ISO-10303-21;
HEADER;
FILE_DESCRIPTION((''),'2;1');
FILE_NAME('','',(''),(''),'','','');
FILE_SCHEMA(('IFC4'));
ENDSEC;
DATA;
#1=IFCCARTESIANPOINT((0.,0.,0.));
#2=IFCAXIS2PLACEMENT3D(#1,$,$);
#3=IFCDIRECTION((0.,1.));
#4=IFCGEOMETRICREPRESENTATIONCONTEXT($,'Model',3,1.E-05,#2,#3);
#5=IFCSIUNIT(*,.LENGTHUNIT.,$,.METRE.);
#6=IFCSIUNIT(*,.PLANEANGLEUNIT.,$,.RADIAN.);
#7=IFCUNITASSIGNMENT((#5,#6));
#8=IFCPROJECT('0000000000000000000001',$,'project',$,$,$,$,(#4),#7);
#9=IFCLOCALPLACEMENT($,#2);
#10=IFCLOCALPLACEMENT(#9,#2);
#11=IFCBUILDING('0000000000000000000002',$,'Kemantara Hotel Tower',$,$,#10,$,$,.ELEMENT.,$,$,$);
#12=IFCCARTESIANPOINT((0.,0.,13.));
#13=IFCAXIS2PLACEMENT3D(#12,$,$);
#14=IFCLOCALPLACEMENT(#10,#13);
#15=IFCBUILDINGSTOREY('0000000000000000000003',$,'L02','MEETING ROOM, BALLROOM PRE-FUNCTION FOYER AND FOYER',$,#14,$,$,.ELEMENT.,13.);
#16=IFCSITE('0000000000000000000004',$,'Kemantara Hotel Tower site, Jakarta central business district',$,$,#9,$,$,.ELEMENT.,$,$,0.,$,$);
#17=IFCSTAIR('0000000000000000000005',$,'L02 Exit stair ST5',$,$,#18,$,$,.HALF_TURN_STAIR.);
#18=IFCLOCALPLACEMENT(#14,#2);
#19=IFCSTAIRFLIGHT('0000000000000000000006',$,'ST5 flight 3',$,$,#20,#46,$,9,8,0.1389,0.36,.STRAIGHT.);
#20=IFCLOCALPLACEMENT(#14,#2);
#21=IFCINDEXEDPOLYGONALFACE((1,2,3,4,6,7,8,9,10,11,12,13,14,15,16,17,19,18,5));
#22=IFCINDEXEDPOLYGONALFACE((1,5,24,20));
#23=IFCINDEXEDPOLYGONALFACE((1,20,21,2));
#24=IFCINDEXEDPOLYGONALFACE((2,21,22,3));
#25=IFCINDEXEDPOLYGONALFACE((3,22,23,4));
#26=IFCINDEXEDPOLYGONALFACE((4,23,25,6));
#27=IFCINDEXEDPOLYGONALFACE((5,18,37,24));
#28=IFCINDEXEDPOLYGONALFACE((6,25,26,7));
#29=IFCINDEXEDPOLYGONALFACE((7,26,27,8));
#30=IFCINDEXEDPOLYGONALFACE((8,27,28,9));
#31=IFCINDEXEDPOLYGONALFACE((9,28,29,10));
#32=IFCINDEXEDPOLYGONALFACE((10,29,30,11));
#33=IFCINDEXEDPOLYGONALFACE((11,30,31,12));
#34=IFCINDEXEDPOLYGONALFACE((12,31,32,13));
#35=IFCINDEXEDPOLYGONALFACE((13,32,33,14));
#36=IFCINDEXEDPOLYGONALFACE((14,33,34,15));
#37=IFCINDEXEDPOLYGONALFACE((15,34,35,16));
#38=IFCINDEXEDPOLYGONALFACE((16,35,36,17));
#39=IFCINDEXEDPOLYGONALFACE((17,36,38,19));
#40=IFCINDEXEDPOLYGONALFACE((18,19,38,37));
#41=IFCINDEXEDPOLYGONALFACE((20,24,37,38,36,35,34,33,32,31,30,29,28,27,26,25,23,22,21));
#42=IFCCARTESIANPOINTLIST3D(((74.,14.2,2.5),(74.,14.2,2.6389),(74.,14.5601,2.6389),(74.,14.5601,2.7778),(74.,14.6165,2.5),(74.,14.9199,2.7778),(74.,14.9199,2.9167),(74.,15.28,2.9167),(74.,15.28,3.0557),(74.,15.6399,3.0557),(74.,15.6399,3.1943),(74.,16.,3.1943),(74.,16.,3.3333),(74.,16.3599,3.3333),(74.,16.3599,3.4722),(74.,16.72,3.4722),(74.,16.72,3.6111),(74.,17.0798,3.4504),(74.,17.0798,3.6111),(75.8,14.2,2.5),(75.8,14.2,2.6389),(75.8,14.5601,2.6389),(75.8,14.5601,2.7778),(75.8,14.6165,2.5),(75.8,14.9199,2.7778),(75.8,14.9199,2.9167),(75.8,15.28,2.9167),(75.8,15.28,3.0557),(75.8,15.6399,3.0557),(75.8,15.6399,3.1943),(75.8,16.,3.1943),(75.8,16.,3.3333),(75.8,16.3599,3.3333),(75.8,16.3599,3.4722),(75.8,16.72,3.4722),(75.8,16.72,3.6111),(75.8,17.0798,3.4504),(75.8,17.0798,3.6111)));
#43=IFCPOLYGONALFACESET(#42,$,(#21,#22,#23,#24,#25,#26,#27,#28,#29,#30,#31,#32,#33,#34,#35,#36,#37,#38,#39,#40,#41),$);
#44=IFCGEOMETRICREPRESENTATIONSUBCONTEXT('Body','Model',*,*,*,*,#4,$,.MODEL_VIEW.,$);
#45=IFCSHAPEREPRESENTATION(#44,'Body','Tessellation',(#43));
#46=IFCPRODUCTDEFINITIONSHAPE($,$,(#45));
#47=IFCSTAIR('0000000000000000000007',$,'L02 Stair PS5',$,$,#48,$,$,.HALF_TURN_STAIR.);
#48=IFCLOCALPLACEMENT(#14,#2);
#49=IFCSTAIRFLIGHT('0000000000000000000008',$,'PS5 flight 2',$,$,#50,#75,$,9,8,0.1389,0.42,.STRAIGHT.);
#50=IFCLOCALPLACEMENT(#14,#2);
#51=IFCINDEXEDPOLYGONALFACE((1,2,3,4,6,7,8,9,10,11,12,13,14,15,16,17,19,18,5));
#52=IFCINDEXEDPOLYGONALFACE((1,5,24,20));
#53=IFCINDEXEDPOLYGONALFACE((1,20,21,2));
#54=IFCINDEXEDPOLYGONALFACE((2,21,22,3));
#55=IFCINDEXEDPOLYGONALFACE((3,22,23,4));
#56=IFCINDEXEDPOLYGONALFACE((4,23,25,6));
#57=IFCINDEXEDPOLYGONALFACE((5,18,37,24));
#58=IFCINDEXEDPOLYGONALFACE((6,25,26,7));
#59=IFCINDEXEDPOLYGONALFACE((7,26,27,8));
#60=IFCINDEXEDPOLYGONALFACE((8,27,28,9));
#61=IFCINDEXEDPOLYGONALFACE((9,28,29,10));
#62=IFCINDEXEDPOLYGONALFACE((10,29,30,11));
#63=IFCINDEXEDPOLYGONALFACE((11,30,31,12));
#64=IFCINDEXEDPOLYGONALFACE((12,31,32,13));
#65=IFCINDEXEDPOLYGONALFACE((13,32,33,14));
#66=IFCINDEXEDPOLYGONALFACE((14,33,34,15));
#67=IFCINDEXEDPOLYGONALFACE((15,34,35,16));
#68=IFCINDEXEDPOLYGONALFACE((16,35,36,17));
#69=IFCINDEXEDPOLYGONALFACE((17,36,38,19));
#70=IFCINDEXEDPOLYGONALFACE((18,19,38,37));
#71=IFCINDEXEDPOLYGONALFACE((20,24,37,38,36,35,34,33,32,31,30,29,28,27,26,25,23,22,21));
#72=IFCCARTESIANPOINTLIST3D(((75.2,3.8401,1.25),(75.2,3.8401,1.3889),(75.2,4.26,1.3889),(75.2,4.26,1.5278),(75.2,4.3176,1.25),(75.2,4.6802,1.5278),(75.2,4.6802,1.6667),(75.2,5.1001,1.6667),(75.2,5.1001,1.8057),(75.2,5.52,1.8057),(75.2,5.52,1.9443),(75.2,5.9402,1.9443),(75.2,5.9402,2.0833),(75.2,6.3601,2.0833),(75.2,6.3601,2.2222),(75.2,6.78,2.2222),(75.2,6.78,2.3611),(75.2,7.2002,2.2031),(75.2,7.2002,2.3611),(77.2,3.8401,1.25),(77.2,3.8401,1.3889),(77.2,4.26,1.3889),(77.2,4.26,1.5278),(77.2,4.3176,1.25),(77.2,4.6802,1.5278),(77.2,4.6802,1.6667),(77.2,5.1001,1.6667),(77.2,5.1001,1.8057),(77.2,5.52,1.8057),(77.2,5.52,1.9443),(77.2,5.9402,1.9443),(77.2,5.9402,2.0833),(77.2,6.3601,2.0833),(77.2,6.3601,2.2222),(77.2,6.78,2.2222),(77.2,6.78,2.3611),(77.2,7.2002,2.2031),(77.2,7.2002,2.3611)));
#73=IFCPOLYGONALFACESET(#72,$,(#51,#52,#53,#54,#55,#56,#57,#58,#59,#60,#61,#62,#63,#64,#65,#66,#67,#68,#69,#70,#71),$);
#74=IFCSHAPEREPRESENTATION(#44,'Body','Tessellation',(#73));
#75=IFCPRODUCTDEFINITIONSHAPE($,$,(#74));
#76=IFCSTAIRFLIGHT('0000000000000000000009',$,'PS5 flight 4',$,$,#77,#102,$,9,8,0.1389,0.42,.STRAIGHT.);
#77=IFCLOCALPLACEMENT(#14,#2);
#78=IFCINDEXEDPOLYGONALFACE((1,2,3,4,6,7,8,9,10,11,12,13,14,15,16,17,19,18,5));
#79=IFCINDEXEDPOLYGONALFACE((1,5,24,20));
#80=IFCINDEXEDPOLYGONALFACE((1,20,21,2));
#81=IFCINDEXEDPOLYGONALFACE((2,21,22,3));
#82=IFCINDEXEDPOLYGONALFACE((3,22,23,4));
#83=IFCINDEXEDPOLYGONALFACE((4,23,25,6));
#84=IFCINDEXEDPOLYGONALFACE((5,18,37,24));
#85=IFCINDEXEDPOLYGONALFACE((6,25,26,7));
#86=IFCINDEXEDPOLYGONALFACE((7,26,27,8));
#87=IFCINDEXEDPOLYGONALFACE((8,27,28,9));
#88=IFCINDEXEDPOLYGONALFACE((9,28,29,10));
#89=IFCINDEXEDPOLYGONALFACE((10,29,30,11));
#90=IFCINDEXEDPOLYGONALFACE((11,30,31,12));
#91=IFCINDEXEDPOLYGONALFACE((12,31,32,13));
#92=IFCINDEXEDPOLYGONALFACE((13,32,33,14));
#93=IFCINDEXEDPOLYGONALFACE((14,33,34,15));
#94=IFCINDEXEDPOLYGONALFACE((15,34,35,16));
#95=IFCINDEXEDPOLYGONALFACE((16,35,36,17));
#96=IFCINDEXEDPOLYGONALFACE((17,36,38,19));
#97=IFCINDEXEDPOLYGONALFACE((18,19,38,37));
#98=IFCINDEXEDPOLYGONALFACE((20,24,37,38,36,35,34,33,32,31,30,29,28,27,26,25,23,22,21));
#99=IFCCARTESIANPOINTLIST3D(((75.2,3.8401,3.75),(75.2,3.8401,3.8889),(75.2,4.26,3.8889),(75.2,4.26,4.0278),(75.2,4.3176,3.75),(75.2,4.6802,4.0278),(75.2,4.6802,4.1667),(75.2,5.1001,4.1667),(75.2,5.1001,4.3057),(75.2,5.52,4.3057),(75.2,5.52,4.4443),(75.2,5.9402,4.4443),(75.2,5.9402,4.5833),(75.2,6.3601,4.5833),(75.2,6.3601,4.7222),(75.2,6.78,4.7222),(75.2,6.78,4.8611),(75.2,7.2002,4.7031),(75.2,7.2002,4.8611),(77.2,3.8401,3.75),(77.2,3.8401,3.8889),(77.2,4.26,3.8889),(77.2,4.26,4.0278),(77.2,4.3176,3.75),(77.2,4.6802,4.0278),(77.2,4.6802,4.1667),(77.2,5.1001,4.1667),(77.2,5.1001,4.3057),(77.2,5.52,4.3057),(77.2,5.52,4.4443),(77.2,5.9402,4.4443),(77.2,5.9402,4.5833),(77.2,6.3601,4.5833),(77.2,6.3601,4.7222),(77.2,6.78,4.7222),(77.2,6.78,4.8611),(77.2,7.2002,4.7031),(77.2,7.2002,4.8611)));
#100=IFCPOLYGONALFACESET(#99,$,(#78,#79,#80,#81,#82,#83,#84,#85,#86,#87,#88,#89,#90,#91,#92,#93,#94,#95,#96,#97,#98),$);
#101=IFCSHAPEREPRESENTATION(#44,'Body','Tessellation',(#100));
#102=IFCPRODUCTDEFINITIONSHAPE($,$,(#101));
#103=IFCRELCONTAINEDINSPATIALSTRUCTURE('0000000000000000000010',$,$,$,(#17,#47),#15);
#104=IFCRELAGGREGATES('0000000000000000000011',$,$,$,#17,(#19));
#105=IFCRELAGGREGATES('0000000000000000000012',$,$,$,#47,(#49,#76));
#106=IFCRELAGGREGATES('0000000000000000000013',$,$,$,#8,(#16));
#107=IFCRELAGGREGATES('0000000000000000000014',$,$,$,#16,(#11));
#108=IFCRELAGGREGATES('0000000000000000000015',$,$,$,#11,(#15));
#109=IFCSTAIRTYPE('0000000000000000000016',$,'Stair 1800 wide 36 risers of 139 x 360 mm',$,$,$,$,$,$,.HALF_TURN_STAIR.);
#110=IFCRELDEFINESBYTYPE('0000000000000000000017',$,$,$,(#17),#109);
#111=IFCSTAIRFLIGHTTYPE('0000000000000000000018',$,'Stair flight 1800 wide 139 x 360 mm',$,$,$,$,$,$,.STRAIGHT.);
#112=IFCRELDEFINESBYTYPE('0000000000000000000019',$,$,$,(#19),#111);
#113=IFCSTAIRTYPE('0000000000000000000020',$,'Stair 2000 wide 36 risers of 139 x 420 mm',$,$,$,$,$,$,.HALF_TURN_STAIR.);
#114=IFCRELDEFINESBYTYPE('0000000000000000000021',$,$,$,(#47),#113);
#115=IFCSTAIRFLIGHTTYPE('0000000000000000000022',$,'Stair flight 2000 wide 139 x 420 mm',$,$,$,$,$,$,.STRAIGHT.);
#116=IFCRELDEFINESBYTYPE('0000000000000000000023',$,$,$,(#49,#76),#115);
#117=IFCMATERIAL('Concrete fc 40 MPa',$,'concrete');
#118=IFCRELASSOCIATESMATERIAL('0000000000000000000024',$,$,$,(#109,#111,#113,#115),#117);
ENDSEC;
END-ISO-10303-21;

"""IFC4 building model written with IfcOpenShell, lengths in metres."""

from ifc_helpers import new_model, si_unit, direction, frame, origin, place, context, subcontext, project, spatial, polyline, outline, extrude, material, type_object, element, aggregate, save


model = new_model("IFC4")

# Units and contexts
model_context = context("Model", 3, precision=1e-05, world=origin(), true_north=direction((0.0, 1.0)))
body_context = subcontext(model_context, "Body", "Model", "MODEL_VIEW")
ifc_project = project(units=[si_unit("LENGTHUNIT", "METRE"), si_unit("PLANEANGLEUNIT", "RADIAN")], contexts=[model_context])

# Site, building, storey
site_placement = place(None, origin())
site = spatial("IfcSite", under=ifc_project, at=site_placement, Name="Kemantara Hotel Tower site, Jakarta central business district", CompositionType="ELEMENT", RefElevation=0.0)
building_placement = place(site_placement, origin())
building = spatial("IfcBuilding", under=site, at=building_placement, Name="Kemantara Hotel Tower", CompositionType="ELEMENT")
storey_placement = place(building_placement, frame((0.0, 0.0, 13.0)))
storey = spatial("IfcBuildingStorey", under=building, at=storey_placement, Name="L02", Description="MEETING ROOM, BALLROOM PRE-FUNCTION FOYER AND FOYER", CompositionType="ELEMENT", Elevation=13.0)

# Shared definitions
ifc_material_1 = material(Name="Concrete fc 40 MPa", Category="concrete")

# Stairs, stair flights
stair_type_1 = type_object("IfcStairType", Name="Stair 1800 wide 36 risers of 139 x 360 mm", PredefinedType="HALF_TURN_STAIR", material=ifc_material_1)
stair_1_placement = place(storey_placement, origin())
stair_1 = element("IfcStair", 1, at=stair_1_placement, inside=storey, type_object=stair_type_1, Name="L02 Exit stair ST5", PredefinedType="HALF_TURN_STAIR")
stair_flight_type_1 = type_object("IfcStairFlightType", Name="Stair flight 1800 wide 139 x 360 mm", PredefinedType="STRAIGHT", material=ifc_material_1)
stair_flight_1_placement = place(storey_placement, frame((74.8999, 14.2, 2.5), z_axis=(0.0, 0.0, 1.0), x_axis=(0.0, 1.0, 0.0)))
stair_flight_1 = element("IfcStairFlight", 2, at=stair_flight_1_placement, type_object=stair_flight_type_1, Name="ST5 flight 3", NumberOfRisers=9, NumberOfTreads=8, PredefinedType="STRAIGHT", RiserHeight=0.1389, TreadLength=0.36, context=body_context, shape_type="SweptSolid", body=[
    extrude(outline(polyline([(0.0, 0.0), (0.0, 0.1389), (0.3601, 0.1389), (0.3601, 0.2778), (0.72, 0.2778), (0.72, 0.4167), (1.0801, 0.4167), (1.0801, 0.5557), (1.4399, 0.5557), (1.4399, 0.6943), (1.8, 0.6943), (1.8, 0.8333), (2.1599, 0.8333), (2.1599, 0.9722), (2.52, 0.9722), (2.52, 1.1111), (2.8799, 1.1111), (2.8799, 1.25), (2.8799, 0.9504), (0.4165, 0.0), (0.0, 0.0)])), frame((0.0, 0.8999, 0.0), z_axis=(0.0, -1.0, 0.0), x_axis=(1.0, 0.0, 0.0)), (0.0, 0.0, 1.0), 1.8),
])
aggregate(stair_1, [stair_flight_1])
stair_type_2 = type_object("IfcStairType", Name="Stair 2000 wide 36 risers of 139 x 420 mm", PredefinedType="HALF_TURN_STAIR", material=ifc_material_1)
stair_2_placement = place(storey_placement, origin())
stair_2 = element("IfcStair", 3, at=stair_2_placement, inside=storey, type_object=stair_type_2, Name="L02 Stair PS5", PredefinedType="HALF_TURN_STAIR")
stair_flight_type_2 = type_object("IfcStairFlightType", Name="Stair flight 2000 wide 139 x 420 mm", PredefinedType="STRAIGHT", material=ifc_material_1)
stair_flight_2_placement = place(storey_placement, frame((76.2, 3.8401, 1.25), z_axis=(0.0, 0.0, 1.0), x_axis=(0.0, 1.0, 0.0)))
stair_flight_2 = element("IfcStairFlight", 4, at=stair_flight_2_placement, type_object=stair_flight_type_2, Name="PS5 flight 2", NumberOfRisers=9, NumberOfTreads=8, PredefinedType="STRAIGHT", RiserHeight=0.1389, TreadLength=0.42, context=body_context, shape_type="SweptSolid", body=[
    extrude(outline(polyline([(0.0, 0.0), (0.0, 0.1389), (0.4199, 0.1389), (0.4199, 0.2778), (0.8401, 0.2778), (0.8401, 0.4167), (1.26, 0.4167), (1.26, 0.5557), (1.6799, 0.5557), (1.6799, 0.6943), (2.1001, 0.6943), (2.1001, 0.8333), (2.52, 0.8333), (2.52, 0.9722), (2.9399, 0.9722), (2.9399, 1.1111), (3.3601, 1.1111), (3.3601, 1.25), (3.3601, 0.9531), (0.4775, 0.0), (0.0, 0.0)])), frame((0.0, 1.0, 0.0), z_axis=(0.0, -1.0, 0.0), x_axis=(1.0, 0.0, 0.0)), (0.0, 0.0, 1.0), 2.0),
])
stair_flight_3_placement = place(storey_placement, frame((76.2, 3.8401, 3.75), z_axis=(0.0, 0.0, 1.0), x_axis=(0.0, 1.0, 0.0)))
stair_flight_3 = element("IfcStairFlight", 5, at=stair_flight_3_placement, type_object=stair_flight_type_2, Name="PS5 flight 4", NumberOfRisers=9, NumberOfTreads=8, PredefinedType="STRAIGHT", RiserHeight=0.1389, TreadLength=0.42, context=body_context, shape_type="SweptSolid", body=[
    extrude(outline(polyline([(0.0, 0.0), (0.0, 0.1389), (0.4199, 0.1389), (0.4199, 0.2778), (0.8401, 0.2778), (0.8401, 0.4167), (1.26, 0.4167), (1.26, 0.5557), (1.6799, 0.5557), (1.6799, 0.6943), (2.1001, 0.6943), (2.1001, 0.8333), (2.52, 0.8333), (2.52, 0.9722), (2.9399, 0.9722), (2.9399, 1.1111), (3.3601, 1.1111), (3.3601, 1.25), (3.3601, 0.9531), (0.4775, 0.0), (0.0, 0.0)])), frame((0.0, 1.0, 0.0), z_axis=(0.0, -1.0, 0.0), x_axis=(1.0, 0.0, 0.0)), (0.0, 0.0, 1.0), 2.0),
])
aggregate(stair_2, [stair_flight_2, stair_flight_3])

save(model, "model.ifc")
